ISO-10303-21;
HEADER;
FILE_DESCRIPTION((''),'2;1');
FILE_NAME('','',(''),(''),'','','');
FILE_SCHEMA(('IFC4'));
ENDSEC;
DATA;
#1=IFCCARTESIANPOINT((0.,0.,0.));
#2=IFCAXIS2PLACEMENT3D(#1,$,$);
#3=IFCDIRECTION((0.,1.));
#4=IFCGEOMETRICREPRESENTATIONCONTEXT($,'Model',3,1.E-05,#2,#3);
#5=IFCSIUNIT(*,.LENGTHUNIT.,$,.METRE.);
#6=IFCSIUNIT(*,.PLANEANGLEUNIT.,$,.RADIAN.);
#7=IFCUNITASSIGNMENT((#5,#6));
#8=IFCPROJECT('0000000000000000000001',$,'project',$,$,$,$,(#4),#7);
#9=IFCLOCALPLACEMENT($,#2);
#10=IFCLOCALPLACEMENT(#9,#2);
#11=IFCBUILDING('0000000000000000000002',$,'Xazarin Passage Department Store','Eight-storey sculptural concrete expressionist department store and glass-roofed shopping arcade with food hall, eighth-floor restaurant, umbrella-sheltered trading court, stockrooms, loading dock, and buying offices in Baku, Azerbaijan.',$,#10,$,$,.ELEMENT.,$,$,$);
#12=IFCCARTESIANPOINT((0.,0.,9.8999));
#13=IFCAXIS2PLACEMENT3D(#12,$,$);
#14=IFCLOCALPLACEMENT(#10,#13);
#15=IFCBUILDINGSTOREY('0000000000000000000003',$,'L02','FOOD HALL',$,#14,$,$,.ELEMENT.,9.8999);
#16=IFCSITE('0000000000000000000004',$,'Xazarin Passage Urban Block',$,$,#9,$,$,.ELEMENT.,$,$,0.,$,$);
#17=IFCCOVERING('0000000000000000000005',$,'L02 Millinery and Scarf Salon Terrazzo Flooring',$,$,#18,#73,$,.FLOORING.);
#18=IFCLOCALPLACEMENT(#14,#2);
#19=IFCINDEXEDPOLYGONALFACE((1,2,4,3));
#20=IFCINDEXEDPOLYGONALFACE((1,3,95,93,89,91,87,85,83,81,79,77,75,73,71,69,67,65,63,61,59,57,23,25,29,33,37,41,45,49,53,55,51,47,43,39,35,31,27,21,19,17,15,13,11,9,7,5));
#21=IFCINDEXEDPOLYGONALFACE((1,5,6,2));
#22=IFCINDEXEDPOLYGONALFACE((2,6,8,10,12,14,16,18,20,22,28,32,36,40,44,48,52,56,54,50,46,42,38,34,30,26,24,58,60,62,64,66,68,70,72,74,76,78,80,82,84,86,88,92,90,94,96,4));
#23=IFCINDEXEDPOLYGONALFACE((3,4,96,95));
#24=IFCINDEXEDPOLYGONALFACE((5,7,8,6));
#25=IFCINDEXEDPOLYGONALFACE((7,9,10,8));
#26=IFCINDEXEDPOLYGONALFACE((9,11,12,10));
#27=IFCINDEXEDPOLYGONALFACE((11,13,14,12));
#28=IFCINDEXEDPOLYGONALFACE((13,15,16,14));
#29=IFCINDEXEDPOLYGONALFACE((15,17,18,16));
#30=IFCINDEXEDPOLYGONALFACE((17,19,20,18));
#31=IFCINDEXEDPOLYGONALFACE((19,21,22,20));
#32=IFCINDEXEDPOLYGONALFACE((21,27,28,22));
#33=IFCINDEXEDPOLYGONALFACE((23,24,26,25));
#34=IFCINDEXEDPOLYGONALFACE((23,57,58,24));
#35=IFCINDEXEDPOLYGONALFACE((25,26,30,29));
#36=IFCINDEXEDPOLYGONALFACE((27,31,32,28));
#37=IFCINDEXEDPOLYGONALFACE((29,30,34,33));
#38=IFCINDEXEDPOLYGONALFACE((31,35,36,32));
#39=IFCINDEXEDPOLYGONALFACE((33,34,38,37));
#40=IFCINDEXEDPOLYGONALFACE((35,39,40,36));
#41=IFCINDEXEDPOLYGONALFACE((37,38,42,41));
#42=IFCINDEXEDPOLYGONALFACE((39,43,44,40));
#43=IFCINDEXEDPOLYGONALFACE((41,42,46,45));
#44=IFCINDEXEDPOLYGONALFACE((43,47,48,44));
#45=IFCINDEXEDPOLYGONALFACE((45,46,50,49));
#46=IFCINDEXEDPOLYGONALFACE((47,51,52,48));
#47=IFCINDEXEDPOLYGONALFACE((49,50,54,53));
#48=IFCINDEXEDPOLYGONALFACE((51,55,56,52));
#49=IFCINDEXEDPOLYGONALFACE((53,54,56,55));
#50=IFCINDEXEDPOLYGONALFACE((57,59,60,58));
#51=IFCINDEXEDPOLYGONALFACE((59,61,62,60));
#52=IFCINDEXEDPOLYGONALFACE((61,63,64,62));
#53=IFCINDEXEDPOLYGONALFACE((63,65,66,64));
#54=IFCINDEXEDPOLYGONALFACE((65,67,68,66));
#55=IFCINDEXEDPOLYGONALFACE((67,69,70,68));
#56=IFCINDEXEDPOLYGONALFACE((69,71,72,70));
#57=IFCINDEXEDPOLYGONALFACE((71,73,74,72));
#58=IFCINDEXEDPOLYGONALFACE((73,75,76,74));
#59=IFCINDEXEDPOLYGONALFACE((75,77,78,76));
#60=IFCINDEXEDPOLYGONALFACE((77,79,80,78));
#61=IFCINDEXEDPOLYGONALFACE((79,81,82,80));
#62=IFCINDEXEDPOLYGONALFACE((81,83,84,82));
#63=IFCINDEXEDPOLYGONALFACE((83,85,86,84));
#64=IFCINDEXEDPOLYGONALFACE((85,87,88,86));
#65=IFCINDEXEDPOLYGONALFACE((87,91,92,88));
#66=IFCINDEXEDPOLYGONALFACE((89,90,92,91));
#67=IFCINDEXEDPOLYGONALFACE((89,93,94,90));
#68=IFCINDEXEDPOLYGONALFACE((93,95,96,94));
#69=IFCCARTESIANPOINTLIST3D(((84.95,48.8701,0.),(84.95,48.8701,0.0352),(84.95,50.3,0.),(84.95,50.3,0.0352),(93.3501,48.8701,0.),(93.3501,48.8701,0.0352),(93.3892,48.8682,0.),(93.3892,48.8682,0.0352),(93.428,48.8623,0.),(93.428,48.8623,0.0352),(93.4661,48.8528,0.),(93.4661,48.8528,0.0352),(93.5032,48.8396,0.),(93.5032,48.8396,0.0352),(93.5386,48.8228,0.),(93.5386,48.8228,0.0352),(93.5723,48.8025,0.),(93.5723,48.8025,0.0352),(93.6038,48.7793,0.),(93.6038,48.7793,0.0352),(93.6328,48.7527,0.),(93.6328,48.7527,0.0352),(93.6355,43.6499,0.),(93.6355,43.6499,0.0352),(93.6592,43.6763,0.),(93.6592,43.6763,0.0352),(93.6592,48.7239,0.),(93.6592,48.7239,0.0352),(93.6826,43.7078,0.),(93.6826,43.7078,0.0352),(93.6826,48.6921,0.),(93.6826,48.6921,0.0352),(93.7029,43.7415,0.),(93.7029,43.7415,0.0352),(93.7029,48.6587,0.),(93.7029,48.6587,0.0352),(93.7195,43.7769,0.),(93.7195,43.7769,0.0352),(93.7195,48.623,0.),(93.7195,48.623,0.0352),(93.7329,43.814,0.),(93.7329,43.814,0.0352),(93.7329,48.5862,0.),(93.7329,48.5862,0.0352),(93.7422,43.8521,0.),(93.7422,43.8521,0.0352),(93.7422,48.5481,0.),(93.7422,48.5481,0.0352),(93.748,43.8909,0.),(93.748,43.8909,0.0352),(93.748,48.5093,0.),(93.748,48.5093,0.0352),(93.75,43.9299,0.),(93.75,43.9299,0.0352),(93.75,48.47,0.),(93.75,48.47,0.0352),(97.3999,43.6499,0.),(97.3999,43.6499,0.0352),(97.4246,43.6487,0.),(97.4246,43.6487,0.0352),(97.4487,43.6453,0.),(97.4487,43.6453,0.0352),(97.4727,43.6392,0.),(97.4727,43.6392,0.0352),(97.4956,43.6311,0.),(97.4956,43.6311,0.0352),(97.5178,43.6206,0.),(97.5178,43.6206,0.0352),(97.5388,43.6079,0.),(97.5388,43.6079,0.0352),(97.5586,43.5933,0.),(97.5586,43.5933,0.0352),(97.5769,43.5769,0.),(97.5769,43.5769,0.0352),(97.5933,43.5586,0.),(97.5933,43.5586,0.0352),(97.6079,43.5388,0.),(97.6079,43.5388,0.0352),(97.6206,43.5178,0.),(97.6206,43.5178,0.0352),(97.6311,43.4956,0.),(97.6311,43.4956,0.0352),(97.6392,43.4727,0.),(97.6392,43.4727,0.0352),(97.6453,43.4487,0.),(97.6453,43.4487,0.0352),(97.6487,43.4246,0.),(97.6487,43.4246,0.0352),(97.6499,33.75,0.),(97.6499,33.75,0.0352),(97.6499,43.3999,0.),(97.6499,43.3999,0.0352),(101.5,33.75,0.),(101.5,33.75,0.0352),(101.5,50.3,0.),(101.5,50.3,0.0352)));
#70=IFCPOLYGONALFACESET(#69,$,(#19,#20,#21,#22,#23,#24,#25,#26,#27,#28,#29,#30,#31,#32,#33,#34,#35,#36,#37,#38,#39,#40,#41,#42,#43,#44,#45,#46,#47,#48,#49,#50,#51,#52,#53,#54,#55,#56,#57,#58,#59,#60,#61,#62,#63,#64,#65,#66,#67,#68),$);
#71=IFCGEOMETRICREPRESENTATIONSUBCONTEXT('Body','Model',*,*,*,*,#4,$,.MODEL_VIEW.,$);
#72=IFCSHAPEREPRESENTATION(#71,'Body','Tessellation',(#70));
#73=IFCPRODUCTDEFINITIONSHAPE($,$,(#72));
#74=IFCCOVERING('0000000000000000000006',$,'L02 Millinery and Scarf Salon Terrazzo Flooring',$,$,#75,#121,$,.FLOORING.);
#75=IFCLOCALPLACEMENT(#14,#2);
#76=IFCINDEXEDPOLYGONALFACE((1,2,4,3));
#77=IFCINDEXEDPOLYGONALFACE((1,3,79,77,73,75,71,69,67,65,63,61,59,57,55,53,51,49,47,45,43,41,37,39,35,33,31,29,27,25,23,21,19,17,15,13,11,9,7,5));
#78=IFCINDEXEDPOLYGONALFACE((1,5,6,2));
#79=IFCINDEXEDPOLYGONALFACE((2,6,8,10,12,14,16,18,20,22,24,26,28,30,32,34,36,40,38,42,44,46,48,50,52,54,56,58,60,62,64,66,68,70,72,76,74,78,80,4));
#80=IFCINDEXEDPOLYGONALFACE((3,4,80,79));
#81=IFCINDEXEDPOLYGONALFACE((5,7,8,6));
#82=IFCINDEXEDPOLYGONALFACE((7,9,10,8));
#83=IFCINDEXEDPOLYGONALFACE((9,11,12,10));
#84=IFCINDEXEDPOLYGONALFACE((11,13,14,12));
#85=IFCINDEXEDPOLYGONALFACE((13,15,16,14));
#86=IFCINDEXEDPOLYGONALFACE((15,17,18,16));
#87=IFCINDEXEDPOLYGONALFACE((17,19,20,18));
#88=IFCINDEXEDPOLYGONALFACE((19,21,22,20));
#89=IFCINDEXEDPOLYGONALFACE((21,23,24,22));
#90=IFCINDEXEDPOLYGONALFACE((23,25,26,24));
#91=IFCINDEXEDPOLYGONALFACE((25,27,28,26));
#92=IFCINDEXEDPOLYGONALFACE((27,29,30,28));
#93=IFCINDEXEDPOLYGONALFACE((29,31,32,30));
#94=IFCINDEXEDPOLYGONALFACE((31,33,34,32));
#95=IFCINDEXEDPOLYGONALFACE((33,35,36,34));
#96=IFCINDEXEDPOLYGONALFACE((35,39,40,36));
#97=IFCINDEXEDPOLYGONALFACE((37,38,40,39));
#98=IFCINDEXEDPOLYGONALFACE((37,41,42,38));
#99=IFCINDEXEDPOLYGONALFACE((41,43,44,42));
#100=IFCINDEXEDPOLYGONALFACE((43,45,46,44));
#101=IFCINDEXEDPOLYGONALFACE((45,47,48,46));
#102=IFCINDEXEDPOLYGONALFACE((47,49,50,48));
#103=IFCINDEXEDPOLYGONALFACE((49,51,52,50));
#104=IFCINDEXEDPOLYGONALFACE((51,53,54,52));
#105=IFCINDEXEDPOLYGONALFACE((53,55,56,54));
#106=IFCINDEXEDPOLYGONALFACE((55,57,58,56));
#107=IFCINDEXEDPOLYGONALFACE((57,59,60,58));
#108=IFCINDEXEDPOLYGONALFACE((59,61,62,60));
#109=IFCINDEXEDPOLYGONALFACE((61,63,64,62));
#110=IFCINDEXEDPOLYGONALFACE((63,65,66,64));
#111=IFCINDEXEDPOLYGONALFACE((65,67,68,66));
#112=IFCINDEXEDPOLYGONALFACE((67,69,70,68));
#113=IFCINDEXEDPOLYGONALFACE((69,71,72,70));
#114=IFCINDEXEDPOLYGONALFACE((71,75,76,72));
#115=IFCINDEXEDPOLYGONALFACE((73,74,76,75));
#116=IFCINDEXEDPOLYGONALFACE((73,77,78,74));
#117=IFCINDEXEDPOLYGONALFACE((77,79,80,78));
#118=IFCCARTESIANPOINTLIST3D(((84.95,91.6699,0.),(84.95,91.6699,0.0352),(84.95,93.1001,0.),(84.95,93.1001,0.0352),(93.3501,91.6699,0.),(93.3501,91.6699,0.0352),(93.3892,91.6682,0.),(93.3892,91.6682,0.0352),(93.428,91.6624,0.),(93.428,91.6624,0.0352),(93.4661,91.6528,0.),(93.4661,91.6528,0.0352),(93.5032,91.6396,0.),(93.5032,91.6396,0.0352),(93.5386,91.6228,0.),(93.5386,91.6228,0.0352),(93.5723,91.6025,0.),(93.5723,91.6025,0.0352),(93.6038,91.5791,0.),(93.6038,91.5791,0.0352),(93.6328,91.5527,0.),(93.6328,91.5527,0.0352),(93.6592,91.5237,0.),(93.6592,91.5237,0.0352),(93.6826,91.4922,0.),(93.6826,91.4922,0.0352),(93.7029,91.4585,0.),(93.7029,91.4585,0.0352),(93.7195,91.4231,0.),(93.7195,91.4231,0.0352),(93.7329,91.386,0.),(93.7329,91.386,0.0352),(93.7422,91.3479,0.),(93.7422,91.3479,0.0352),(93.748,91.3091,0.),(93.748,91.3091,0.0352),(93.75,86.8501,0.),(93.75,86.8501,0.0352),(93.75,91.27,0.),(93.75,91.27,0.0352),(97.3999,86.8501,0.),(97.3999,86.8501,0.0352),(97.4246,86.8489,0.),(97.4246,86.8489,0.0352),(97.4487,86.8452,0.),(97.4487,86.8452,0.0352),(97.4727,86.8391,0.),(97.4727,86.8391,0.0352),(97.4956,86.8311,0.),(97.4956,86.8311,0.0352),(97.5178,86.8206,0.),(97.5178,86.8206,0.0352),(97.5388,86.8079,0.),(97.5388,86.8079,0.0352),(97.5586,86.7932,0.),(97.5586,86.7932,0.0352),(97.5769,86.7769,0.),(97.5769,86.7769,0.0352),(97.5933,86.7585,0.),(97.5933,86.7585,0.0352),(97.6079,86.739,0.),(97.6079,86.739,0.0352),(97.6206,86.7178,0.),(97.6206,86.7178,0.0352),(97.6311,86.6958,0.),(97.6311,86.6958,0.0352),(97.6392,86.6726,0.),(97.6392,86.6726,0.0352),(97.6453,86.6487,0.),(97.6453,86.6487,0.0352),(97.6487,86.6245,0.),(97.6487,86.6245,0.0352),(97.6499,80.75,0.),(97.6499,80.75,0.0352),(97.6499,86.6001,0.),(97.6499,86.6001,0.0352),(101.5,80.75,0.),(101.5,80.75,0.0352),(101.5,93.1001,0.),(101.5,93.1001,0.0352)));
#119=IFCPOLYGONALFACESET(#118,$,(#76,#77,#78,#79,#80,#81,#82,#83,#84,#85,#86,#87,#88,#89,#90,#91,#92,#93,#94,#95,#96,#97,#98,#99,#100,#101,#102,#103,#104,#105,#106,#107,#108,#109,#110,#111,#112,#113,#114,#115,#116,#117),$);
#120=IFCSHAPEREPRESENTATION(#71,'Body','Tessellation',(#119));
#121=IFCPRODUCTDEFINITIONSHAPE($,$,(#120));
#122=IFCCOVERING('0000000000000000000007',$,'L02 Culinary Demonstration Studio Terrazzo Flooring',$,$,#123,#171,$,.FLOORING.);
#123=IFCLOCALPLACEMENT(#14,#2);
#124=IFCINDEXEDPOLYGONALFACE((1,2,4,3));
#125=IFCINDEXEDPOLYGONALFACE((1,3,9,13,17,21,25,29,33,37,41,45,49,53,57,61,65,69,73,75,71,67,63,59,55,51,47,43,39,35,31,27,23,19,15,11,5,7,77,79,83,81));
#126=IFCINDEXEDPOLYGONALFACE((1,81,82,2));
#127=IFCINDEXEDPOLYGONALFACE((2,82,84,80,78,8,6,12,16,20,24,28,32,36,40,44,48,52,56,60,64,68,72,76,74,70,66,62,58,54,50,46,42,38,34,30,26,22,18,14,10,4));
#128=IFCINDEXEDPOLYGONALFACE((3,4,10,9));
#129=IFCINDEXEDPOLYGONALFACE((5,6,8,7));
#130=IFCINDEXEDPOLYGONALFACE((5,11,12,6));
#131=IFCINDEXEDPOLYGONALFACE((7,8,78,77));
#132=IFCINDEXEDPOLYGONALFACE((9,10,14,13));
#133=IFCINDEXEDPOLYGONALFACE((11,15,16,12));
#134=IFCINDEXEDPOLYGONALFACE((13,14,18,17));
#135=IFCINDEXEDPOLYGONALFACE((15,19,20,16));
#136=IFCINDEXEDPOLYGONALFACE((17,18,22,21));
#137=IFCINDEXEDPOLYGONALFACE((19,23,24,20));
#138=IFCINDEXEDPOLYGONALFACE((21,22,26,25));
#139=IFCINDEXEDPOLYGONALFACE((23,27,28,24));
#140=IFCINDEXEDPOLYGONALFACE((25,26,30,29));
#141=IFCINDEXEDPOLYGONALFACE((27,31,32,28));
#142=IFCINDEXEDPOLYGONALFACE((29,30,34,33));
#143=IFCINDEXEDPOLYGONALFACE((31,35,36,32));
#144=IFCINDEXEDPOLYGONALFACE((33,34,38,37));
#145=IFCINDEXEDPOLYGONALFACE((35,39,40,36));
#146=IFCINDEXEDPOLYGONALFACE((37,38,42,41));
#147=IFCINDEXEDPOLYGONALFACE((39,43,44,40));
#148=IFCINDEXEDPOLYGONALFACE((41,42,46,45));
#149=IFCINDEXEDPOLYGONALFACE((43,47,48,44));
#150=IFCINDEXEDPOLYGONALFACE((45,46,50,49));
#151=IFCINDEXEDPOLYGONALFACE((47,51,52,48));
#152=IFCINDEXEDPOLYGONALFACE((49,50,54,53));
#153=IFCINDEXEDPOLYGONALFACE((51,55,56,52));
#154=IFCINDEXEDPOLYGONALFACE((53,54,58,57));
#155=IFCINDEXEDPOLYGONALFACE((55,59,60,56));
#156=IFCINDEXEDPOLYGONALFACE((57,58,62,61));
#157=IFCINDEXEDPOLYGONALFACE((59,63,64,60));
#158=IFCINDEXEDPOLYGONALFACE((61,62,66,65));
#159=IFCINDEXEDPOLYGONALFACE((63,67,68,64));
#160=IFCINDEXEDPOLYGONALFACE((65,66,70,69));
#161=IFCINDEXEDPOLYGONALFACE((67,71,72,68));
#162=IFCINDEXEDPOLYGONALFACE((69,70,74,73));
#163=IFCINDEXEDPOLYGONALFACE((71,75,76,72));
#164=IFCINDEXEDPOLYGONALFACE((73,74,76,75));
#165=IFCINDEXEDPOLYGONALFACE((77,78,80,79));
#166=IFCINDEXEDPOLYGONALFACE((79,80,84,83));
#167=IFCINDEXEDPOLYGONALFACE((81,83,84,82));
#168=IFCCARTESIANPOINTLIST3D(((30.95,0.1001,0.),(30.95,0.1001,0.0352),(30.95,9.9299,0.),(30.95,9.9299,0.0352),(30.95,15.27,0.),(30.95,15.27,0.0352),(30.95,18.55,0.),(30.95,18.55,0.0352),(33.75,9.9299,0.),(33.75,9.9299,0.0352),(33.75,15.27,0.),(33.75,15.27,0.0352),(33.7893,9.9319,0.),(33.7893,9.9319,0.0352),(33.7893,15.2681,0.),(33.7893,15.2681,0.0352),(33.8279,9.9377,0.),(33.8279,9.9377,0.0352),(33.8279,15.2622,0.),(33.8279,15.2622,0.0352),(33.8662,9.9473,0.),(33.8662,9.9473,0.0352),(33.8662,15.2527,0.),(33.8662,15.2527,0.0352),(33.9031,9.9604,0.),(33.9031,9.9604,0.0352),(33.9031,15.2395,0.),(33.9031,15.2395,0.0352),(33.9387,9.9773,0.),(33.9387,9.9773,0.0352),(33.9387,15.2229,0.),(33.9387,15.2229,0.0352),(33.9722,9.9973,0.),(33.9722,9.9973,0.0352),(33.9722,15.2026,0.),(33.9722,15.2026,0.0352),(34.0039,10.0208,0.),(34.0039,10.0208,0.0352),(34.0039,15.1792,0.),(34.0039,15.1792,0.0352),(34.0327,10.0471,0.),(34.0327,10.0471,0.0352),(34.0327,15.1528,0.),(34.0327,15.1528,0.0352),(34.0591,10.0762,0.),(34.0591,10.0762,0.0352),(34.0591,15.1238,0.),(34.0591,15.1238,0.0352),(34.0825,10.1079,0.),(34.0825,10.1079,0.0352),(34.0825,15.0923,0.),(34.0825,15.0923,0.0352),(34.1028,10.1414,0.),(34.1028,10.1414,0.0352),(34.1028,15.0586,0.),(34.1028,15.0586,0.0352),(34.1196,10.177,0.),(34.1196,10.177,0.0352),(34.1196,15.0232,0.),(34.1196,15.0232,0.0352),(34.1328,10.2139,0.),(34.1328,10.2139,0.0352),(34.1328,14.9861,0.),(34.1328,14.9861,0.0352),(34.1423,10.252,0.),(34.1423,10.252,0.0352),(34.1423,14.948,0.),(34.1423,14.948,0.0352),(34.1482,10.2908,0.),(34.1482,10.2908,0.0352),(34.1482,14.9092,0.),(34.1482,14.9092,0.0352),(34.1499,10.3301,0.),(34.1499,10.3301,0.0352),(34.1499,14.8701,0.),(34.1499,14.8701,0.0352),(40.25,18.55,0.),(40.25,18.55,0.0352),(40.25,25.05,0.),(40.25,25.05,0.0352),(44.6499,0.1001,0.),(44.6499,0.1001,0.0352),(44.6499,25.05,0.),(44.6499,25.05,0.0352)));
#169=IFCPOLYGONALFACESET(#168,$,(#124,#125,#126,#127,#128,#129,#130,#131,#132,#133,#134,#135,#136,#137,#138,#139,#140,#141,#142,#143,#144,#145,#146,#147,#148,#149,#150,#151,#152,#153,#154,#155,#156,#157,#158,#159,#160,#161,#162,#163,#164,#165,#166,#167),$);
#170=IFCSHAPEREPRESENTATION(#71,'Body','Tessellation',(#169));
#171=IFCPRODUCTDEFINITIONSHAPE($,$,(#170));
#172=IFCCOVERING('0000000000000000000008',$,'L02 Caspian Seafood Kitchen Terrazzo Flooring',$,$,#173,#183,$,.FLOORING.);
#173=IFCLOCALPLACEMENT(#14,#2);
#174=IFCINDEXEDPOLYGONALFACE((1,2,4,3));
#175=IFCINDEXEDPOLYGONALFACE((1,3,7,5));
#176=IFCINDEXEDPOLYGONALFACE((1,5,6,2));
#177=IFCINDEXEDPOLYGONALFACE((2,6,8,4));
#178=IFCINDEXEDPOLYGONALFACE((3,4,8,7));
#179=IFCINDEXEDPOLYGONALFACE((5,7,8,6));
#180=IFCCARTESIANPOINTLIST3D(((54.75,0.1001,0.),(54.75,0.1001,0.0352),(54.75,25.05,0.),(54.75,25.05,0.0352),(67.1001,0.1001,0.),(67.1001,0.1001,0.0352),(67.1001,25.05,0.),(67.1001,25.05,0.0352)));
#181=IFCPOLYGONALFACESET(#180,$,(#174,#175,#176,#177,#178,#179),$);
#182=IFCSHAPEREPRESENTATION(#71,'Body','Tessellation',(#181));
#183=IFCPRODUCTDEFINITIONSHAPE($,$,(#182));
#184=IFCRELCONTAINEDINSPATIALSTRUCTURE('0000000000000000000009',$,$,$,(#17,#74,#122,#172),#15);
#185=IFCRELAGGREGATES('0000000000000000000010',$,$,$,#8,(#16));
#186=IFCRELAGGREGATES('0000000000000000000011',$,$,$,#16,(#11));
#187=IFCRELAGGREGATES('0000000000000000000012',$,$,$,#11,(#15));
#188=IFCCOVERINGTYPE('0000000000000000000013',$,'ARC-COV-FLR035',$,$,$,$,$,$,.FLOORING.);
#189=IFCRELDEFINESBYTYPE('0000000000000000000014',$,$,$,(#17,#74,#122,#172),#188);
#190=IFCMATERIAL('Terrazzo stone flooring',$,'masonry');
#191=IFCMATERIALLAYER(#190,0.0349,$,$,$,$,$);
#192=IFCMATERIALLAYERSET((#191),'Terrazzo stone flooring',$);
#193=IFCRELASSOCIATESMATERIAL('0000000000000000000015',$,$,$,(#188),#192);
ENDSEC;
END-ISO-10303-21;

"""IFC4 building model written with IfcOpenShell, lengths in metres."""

from ifc_helpers import new_model, si_unit, direction, frame, origin, place, context, subcontext, project, spatial, polyline, outline, extrude, material, layer, layer_set, type_object, element, save


model = new_model("IFC4")

# Units and contexts
model_context = context("Model", 3, precision=1e-05, world=origin(), true_north=direction((0.0, 1.0)))
body_context = subcontext(model_context, "Body", "Model", "MODEL_VIEW")
ifc_project = project(units=[si_unit("LENGTHUNIT", "METRE"), si_unit("PLANEANGLEUNIT", "RADIAN")], contexts=[model_context])

# Site, building, storey
site_placement = place(None, origin())
site = spatial("IfcSite", under=ifc_project, at=site_placement, Name="Xazarin Passage Urban Block", CompositionType="ELEMENT", RefElevation=0.0)
building_placement = place(site_placement, origin())
building = spatial("IfcBuilding", under=site, at=building_placement, Name="Xazarin Passage Department Store", Description="Eight-storey sculptural concrete expressionist department store and glass-roofed shopping arcade with food hall, eighth-floor restaurant, umbrella-sheltered trading court, stockrooms, loading dock, and buying offices in Baku, Azerbaijan.", CompositionType="ELEMENT")
storey_placement = place(building_placement, frame((0.0, 0.0, 9.8999)))
storey = spatial("IfcBuildingStorey", under=building, at=storey_placement, Name="L02", Description="FOOD HALL", CompositionType="ELEMENT", Elevation=9.8999)

# Coverings
ifc_material_1 = material(Name="Terrazzo stone flooring", Category="masonry")
ifc_layer_1 = layer(ifc_material_1, 0.0349)
ifc_layer_set_1 = layer_set([ifc_layer_1], Name="Terrazzo stone flooring")
covering_type_1 = type_object("IfcCoveringType", Name="ARC-COV-FLR035", PredefinedType="FLOORING", material=ifc_layer_set_1)
covering_1_placement = place(storey_placement, origin())
element("IfcCovering", 1, at=covering_1_placement, inside=storey, type_object=covering_type_1, Name="L02 Millinery and Scarf Salon Terrazzo Flooring", PredefinedType="FLOORING", context=body_context, shape_type="SweptSolid", body=[
    extrude(outline(polyline([(84.95, 48.8701), (93.3501, 48.8701), (93.3892, 48.8682), (93.428, 48.8623), (93.4661, 48.8528), (93.5032, 48.8396), (93.5386, 48.8228), (93.5723, 48.8025), (93.6038, 48.7793), (93.6328, 48.7527), (93.6592, 48.7239), (93.6826, 48.6921), (93.7029, 48.6587), (93.7195, 48.623), (93.7329, 48.5862), (93.7422, 48.5481), (93.748, 48.5093), (93.75, 48.47), (93.75, 43.9299), (93.748, 43.8909), (93.7422, 43.8521), (93.7329, 43.814), (93.7195, 43.7769), (93.7029, 43.7415), (93.6826, 43.7078), (93.6592, 43.6763), (93.6355, 43.6499), (97.3999, 43.6499), (97.4246, 43.6487), (97.4487, 43.6453), (97.4727, 43.6392), (97.4956, 43.6311), (97.5178, 43.6206), (97.5388, 43.6079), (97.5586, 43.5933), (97.5769, 43.5769), (97.5933, 43.5586), (97.6079, 43.5388), (97.6206, 43.5178), (97.6311, 43.4956), (97.6392, 43.4727), (97.6453, 43.4487), (97.6487, 43.4246), (97.6499, 43.3999), (97.6499, 33.75), (101.5, 33.75), (101.5, 50.3), (84.95, 50.3), (84.95, 48.8701)])), origin(), (0.0, 0.0, 1.0), 0.0352),
])
covering_2_placement = place(storey_placement, origin())
element("IfcCovering", 2, at=covering_2_placement, inside=storey, type_object=covering_type_1, Name="L02 Millinery and Scarf Salon Terrazzo Flooring", PredefinedType="FLOORING", context=body_context, shape_type="SweptSolid", body=[
    extrude(outline(polyline([(84.95, 91.6699), (93.3501, 91.6699), (93.3892, 91.6682), (93.428, 91.6624), (93.4661, 91.6528), (93.5032, 91.6396), (93.5386, 91.6228), (93.5723, 91.6025), (93.6038, 91.5791), (93.6328, 91.5527), (93.6592, 91.5237), (93.6826, 91.4922), (93.7029, 91.4585), (93.7195, 91.4231), (93.7329, 91.386), (93.7422, 91.3479), (93.748, 91.3091), (93.75, 91.27), (93.75, 86.8501), (97.3999, 86.8501), (97.4246, 86.8489), (97.4487, 86.8452), (97.4727, 86.8391), (97.4956, 86.8311), (97.5178, 86.8206), (97.5388, 86.8079), (97.5586, 86.7932), (97.5769, 86.7769), (97.5933, 86.7585), (97.6079, 86.739), (97.6206, 86.7178), (97.6311, 86.6958), (97.6392, 86.6726), (97.6453, 86.6487), (97.6487, 86.6245), (97.6499, 86.6001), (97.6499, 80.75), (101.5, 80.75), (101.5, 93.1001), (84.95, 93.1001), (84.95, 91.6699)])), origin(), (0.0, 0.0, 1.0), 0.0352),
])
covering_3_placement = place(storey_placement, origin())
element("IfcCovering", 3, at=covering_3_placement, inside=storey, type_object=covering_type_1, Name="L02 Culinary Demonstration Studio Terrazzo Flooring", PredefinedType="FLOORING", context=body_context, shape_type="SweptSolid", body=[
    extrude(outline(polyline([(30.95, 15.27), (33.75, 15.27), (33.7893, 15.2681), (33.8279, 15.2622), (33.8662, 15.2527), (33.9031, 15.2395), (33.9387, 15.2229), (33.9722, 15.2026), (34.0039, 15.1792), (34.0327, 15.1528), (34.0591, 15.1238), (34.0825, 15.0923), (34.1028, 15.0586), (34.1196, 15.0232), (34.1328, 14.9861), (34.1423, 14.948), (34.1482, 14.9092), (34.1499, 14.8701), (34.1499, 10.3301), (34.1482, 10.2908), (34.1423, 10.252), (34.1328, 10.2139), (34.1196, 10.177), (34.1028, 10.1414), (34.0825, 10.1079), (34.0591, 10.0762), (34.0327, 10.0471), (34.0039, 10.0208), (33.9722, 9.9973), (33.9387, 9.9773), (33.9031, 9.9604), (33.8662, 9.9473), (33.8279, 9.9377), (33.7893, 9.9319), (33.75, 9.9299), (30.95, 9.9299), (30.95, 0.1001), (44.6499, 0.1001), (44.6499, 25.05), (40.25, 25.05), (40.25, 18.55), (30.95, 18.55), (30.95, 15.27)])), origin(), (0.0, 0.0, 1.0), 0.0352),
])
covering_4_placement = place(storey_placement, origin())
element("IfcCovering", 4, at=covering_4_placement, inside=storey, type_object=covering_type_1, Name="L02 Caspian Seafood Kitchen Terrazzo Flooring", PredefinedType="FLOORING", context=body_context, shape_type="SweptSolid", body=[
    extrude(outline(polyline([(54.75, 0.1001), (67.1001, 0.1001), (67.1001, 25.05), (54.75, 25.05), (54.75, 0.1001)])), origin(), (0.0, 0.0, 1.0), 0.0352),
])

save(model, "model.ifc")
